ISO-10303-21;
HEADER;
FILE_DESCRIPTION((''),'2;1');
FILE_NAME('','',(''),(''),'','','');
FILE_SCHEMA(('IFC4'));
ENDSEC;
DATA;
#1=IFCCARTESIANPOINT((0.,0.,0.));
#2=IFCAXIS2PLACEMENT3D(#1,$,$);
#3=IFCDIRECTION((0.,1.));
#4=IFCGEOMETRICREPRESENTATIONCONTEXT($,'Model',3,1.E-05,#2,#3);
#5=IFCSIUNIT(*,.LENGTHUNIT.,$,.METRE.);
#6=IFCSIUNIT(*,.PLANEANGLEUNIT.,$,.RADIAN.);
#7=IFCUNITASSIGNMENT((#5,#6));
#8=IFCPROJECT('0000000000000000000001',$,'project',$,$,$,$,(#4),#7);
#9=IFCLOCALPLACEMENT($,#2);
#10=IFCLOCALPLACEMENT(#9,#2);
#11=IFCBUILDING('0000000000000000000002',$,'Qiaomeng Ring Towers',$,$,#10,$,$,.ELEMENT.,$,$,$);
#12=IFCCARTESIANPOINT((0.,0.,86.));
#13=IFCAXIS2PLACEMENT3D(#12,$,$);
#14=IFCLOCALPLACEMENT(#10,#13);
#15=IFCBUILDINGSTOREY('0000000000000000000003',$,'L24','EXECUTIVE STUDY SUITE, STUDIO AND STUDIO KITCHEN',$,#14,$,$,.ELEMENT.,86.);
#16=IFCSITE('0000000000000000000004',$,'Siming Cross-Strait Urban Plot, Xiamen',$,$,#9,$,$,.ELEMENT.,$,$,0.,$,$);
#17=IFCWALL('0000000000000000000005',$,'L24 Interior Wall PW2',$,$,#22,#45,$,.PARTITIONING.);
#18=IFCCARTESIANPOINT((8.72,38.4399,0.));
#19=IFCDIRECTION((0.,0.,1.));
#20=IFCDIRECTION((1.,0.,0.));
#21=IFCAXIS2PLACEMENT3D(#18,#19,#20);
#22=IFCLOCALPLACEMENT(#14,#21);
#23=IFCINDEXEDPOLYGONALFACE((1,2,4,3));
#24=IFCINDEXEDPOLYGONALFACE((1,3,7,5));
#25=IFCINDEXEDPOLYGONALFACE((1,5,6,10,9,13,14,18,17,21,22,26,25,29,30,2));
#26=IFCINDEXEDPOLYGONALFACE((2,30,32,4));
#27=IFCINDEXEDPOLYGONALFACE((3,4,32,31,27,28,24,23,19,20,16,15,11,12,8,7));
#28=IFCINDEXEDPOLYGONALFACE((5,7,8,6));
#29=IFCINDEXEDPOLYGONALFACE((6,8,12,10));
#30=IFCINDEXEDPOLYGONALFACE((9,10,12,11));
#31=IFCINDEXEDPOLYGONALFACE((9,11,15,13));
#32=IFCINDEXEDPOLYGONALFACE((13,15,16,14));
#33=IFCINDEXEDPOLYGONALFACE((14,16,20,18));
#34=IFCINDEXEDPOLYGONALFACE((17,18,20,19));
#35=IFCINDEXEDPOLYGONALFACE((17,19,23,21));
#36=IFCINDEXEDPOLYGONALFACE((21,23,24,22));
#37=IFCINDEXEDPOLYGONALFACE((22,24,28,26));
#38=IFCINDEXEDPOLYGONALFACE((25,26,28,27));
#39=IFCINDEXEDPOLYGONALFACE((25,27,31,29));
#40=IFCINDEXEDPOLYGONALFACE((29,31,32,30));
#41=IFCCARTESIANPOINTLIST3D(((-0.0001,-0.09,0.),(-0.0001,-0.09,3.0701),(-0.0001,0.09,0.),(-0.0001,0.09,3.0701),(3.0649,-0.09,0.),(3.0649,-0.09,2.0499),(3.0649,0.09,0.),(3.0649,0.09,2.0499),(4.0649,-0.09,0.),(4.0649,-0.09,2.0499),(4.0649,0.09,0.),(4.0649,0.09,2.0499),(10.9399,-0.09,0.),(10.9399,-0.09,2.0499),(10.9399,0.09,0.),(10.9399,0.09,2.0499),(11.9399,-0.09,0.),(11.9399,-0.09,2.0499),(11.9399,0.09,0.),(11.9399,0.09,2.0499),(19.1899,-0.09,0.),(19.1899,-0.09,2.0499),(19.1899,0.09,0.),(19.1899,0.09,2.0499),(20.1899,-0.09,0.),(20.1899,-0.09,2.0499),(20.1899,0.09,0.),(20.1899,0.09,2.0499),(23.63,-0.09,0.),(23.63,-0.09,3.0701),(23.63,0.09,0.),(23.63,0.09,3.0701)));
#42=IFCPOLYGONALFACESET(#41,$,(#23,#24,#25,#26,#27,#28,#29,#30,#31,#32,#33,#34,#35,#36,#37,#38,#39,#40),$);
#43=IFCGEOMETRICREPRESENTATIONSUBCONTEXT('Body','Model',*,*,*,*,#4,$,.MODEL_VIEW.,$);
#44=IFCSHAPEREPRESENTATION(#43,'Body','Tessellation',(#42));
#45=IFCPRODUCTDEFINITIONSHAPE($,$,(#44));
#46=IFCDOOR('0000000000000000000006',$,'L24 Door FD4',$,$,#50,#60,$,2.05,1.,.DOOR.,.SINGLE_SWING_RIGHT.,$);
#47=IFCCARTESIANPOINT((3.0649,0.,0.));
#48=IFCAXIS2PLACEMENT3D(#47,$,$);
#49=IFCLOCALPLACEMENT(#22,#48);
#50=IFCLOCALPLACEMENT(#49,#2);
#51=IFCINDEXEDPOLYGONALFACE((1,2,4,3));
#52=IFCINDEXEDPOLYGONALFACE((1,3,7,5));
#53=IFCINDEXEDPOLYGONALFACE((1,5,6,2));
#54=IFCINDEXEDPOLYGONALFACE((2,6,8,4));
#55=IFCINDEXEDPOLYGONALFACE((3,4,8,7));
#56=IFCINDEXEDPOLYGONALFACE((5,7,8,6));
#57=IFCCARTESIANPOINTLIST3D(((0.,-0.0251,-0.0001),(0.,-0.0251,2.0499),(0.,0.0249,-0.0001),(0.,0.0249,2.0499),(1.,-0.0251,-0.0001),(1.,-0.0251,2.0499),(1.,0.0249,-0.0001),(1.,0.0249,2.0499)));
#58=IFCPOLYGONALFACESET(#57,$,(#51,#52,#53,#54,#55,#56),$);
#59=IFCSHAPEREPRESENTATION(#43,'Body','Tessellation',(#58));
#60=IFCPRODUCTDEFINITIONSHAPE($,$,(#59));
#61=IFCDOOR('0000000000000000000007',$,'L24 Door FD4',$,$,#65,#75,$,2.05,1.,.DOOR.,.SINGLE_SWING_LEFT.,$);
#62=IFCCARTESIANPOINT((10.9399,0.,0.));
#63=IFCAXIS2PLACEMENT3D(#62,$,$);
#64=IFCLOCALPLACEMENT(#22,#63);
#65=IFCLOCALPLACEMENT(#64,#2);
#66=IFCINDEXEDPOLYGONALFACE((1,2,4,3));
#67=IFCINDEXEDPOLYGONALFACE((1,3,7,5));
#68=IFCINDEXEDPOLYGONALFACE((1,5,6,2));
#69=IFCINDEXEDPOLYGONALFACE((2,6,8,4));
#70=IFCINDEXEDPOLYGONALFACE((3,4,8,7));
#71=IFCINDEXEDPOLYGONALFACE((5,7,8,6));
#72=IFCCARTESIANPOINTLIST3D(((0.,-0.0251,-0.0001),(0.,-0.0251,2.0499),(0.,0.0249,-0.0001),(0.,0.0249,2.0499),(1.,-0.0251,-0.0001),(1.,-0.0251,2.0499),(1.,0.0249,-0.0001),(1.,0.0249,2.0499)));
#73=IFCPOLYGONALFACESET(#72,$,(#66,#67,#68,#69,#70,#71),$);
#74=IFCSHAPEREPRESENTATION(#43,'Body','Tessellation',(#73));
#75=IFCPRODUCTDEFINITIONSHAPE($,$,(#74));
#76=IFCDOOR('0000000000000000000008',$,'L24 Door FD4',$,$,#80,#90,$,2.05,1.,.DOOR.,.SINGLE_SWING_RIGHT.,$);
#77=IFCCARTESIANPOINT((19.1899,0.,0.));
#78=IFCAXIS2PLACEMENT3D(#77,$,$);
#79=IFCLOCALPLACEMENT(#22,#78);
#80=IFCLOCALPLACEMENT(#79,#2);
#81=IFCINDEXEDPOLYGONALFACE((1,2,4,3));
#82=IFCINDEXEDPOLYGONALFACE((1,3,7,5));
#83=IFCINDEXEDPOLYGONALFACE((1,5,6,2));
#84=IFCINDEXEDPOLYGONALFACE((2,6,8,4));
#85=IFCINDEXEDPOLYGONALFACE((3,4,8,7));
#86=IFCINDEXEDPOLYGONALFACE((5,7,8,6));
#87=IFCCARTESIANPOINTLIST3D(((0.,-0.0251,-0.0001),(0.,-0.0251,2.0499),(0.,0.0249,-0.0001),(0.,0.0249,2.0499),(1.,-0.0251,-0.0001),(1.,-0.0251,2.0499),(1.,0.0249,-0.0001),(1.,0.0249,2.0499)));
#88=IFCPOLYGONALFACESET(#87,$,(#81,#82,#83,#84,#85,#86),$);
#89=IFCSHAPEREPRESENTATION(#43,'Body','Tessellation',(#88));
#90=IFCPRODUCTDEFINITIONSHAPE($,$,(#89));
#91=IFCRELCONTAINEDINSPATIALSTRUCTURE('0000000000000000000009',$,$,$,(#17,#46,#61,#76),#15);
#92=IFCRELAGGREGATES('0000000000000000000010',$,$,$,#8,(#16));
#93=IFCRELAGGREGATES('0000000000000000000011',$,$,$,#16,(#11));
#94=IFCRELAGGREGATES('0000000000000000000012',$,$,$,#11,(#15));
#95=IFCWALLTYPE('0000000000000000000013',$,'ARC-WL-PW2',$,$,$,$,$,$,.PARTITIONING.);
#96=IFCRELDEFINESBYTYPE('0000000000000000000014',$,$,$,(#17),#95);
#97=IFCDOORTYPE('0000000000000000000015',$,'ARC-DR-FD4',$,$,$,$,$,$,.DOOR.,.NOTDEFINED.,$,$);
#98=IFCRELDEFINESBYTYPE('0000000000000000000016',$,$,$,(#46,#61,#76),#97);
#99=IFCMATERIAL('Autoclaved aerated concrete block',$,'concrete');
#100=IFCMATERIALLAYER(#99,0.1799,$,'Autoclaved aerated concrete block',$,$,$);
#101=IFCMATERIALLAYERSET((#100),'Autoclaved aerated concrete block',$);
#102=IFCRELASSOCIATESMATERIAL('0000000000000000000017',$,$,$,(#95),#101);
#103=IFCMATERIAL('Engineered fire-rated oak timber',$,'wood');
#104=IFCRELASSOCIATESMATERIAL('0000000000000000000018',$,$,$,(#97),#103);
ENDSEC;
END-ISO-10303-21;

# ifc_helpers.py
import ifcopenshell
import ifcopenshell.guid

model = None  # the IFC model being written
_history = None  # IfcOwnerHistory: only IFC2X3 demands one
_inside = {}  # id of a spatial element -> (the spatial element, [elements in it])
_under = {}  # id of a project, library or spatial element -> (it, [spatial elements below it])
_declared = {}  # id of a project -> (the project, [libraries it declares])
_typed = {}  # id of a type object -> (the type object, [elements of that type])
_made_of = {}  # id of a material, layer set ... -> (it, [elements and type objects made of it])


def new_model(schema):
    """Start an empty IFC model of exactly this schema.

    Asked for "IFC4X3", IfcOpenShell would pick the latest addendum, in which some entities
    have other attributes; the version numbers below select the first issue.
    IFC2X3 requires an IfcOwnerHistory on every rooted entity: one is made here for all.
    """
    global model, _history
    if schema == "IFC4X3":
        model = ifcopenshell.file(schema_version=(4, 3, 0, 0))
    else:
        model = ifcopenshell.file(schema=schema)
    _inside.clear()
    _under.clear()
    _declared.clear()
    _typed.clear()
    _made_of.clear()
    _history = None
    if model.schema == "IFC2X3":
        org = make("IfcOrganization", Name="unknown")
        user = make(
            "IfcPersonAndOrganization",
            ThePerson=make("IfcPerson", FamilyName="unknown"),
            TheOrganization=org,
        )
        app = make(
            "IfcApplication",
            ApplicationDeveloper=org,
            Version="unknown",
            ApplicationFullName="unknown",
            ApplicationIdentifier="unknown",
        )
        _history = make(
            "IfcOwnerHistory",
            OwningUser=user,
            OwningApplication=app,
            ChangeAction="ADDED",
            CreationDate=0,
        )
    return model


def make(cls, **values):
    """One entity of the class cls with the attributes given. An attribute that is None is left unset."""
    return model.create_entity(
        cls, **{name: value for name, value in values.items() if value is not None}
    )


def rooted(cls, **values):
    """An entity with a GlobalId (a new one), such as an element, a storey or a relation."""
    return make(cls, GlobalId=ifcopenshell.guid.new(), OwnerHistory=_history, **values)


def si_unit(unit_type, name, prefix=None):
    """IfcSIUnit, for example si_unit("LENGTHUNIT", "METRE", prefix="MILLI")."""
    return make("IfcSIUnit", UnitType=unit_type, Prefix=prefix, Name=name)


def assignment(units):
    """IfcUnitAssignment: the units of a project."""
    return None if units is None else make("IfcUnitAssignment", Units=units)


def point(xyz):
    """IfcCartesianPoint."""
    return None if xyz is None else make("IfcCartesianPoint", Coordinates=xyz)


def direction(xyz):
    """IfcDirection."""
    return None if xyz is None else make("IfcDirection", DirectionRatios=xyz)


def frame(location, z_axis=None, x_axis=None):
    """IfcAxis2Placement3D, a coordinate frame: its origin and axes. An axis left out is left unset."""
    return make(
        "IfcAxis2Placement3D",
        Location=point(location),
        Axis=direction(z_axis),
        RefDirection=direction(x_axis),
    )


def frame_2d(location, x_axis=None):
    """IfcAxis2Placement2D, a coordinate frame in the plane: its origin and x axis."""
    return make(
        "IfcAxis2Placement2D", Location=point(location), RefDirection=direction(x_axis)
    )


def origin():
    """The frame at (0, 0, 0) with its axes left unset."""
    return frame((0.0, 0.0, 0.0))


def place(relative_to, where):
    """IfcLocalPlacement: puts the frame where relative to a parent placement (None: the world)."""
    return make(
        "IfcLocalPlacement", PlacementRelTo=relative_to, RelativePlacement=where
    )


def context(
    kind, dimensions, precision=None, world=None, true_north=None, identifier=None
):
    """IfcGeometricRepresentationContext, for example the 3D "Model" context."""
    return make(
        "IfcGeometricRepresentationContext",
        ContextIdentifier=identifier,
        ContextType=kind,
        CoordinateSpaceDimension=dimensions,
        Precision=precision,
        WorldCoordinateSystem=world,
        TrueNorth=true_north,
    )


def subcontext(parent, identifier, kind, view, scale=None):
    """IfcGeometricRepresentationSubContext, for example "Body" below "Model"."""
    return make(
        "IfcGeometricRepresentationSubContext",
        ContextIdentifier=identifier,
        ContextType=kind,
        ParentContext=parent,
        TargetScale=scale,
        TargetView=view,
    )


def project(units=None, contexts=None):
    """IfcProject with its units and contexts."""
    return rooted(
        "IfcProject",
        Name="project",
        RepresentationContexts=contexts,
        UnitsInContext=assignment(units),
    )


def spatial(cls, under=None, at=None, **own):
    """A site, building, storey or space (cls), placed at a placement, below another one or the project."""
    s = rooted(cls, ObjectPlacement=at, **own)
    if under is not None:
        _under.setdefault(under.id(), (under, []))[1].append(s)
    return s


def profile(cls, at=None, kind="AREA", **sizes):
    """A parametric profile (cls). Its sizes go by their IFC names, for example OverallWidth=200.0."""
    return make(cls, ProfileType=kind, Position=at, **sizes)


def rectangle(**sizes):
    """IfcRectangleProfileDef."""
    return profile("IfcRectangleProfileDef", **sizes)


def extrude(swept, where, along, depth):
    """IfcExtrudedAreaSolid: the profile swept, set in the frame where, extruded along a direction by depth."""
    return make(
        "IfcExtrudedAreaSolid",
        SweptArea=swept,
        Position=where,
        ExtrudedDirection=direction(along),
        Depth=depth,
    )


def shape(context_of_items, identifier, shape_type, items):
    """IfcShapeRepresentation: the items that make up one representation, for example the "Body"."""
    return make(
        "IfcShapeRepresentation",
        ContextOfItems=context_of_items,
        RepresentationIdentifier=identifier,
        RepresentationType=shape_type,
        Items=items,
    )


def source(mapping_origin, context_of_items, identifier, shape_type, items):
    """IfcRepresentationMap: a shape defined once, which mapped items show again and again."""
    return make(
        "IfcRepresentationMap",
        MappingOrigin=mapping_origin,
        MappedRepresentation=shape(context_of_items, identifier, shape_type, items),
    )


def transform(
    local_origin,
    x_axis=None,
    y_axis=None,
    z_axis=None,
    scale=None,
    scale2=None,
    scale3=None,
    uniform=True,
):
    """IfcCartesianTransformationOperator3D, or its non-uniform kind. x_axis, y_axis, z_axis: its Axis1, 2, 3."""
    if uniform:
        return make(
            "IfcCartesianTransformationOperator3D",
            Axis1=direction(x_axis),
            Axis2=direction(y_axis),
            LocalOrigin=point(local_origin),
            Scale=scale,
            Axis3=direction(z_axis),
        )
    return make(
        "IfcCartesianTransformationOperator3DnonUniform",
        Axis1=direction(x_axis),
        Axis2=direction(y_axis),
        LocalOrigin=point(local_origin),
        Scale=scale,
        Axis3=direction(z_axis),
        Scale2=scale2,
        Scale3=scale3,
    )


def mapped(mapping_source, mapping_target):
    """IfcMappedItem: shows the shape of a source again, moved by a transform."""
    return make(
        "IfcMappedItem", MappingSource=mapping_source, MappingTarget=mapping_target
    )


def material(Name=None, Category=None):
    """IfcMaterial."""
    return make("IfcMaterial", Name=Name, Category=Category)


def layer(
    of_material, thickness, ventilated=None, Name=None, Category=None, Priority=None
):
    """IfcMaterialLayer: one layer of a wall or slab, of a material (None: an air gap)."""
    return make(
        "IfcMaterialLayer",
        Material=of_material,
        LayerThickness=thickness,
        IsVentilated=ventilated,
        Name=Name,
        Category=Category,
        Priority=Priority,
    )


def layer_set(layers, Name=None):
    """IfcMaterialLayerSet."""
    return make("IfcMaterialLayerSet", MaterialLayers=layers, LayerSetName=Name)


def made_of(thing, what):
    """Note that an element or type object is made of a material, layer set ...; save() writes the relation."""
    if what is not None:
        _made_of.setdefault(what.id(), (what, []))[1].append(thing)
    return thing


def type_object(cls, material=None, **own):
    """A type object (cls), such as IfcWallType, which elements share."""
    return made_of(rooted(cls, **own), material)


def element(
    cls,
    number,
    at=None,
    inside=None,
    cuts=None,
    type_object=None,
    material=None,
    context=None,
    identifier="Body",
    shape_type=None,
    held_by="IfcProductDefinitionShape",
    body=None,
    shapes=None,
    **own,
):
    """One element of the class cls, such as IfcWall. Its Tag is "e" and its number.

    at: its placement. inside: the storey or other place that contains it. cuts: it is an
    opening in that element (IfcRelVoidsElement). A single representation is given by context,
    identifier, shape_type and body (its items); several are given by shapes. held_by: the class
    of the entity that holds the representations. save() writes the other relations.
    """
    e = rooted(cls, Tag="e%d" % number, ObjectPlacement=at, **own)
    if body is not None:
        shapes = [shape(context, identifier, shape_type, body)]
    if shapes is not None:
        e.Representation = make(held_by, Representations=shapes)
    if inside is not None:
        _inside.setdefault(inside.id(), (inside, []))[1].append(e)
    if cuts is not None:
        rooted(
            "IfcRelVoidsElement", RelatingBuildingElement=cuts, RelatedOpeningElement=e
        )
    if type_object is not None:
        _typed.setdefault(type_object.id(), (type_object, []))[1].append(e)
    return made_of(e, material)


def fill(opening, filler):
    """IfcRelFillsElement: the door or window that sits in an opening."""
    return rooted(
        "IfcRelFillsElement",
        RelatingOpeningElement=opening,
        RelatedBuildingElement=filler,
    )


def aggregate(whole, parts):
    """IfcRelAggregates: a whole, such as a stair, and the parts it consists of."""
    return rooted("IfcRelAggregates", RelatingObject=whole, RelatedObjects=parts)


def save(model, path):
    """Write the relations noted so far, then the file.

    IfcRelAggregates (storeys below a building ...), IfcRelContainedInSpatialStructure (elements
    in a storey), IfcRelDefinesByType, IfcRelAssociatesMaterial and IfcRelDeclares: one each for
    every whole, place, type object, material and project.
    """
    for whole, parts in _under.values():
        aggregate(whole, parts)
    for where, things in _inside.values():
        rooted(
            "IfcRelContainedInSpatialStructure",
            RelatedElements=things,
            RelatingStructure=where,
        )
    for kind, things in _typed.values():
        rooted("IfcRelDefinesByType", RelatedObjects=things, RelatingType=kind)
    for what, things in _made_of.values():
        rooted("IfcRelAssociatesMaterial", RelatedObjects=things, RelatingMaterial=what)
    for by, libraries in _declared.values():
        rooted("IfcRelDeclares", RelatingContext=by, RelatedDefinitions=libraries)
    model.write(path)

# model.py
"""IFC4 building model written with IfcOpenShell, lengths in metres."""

from ifc_helpers import new_model, si_unit, direction, frame, frame_2d, origin, place, context, subcontext, project, spatial, rectangle, extrude, source, transform, mapped, material, layer, layer_set, type_object, element, fill, save


model = new_model("IFC4")

# Units and contexts
model_context = context("Model", 3, precision=1e-05, world=origin(), true_north=direction((0.0, 1.0)))
body_context = subcontext(model_context, "Body", "Model", "MODEL_VIEW")
ifc_project = project(units=[si_unit("LENGTHUNIT", "METRE"), si_unit("PLANEANGLEUNIT", "RADIAN")], contexts=[model_context])

# Site, building, storey
site_placement = place(None, origin())
site = spatial("IfcSite", under=ifc_project, at=site_placement, Name="Siming Cross-Strait Urban Plot, Xiamen", CompositionType="ELEMENT", RefElevation=0.0)
building_placement = place(site_placement, origin())
building = spatial("IfcBuilding", under=site, at=building_placement, Name="Qiaomeng Ring Towers", CompositionType="ELEMENT")
storey_placement = place(building_placement, frame((0.0, 0.0, 86.0)))
storey = spatial("IfcBuildingStorey", under=building, at=storey_placement, Name="L24", Description="EXECUTIVE STUDY SUITE, STUDIO AND STUDIO KITCHEN", CompositionType="ELEMENT", Elevation=86.0)

# Shared definitions
ifc_material_1 = material(Name="Autoclaved aerated concrete block", Category="concrete")

# Wall, openings, doors
ifc_layer_1 = layer(ifc_material_1, 0.1799, Name="Autoclaved aerated concrete block")
ifc_layer_set_1 = layer_set([ifc_layer_1], Name="Autoclaved aerated concrete block")
wall_type_1 = type_object("IfcWallType", Name="ARC-WL-PW2", PredefinedType="PARTITIONING", material=ifc_layer_set_1)
wall_1_placement = place(storey_placement, frame((8.72, 38.4399, 0.0), z_axis=(0.0, 0.0, 1.0), x_axis=(1.0, 0.0, 0.0)))
wall_1 = element("IfcWall", 1, at=wall_1_placement, inside=storey, type_object=wall_type_1, Name="L24 Interior Wall PW2", PredefinedType="PARTITIONING", context=body_context, shape_type="SweptSolid", body=[
    extrude(rectangle(XDim=23.6301, YDim=0.1799, at=frame_2d((11.8149, 0.0))), origin(), (0.0, 0.0, 1.0), 3.0701),
])
opening_1_placement = place(wall_1_placement, frame((3.0649, 0.0, 0.0)))
opening_1 = element("IfcOpeningElement", 2, at=opening_1_placement, cuts=wall_1, PredefinedType="OPENING", context=body_context, shape_type="SweptSolid", body=[
    extrude(rectangle(XDim=1.0, YDim=2.05, at=frame_2d((0.5, 1.0249))), frame((0.0, 0.0999, 0.0), z_axis=(0.0, -1.0, 0.0), x_axis=(1.0, 0.0, 0.0)), (0.0, 0.0, 1.0), 0.2),
])
opening_2_placement = place(wall_1_placement, frame((10.9399, 0.0, 0.0)))
opening_2 = element("IfcOpeningElement", 3, at=opening_2_placement, cuts=wall_1, PredefinedType="OPENING", context=body_context, shape_type="SweptSolid", body=[
    extrude(rectangle(XDim=1.0, YDim=2.05, at=frame_2d((0.5, 1.0249))), frame((0.0, 0.0999, 0.0), z_axis=(0.0, -1.0, 0.0), x_axis=(1.0, 0.0, 0.0)), (0.0, 0.0, 1.0), 0.2),
])
opening_3_placement = place(wall_1_placement, frame((19.1899, 0.0, 0.0)))
opening_3 = element("IfcOpeningElement", 4, at=opening_3_placement, cuts=wall_1, PredefinedType="OPENING", context=body_context, shape_type="SweptSolid", body=[
    extrude(rectangle(XDim=1.0, YDim=2.05, at=frame_2d((0.5, 1.0249))), frame((0.0, 0.0999, 0.0), z_axis=(0.0, -1.0, 0.0), x_axis=(1.0, 0.0, 0.0)), (0.0, 0.0, 1.0), 0.2),
])
ifc_material_2 = material(Name="Engineered fire-rated oak timber", Category="wood")
door_type_1 = type_object("IfcDoorType", Name="ARC-DR-FD4", OperationType="NOTDEFINED", PredefinedType="DOOR", material=ifc_material_2)
shared_shape_1 = source(origin(), body_context, "Body", "SweptSolid", [
    extrude(rectangle(XDim=1.0, YDim=2.05, at=frame_2d((0.5, 1.0249))), frame((0.0, 0.0249, 0.0), z_axis=(0.0, -1.0, 0.0), x_axis=(1.0, 0.0, 0.0)), (0.0, 0.0, 1.0), 0.05),
])
door_1_placement = place(opening_1_placement, origin())
door_1 = element("IfcDoor", 5, at=door_1_placement, inside=storey, type_object=door_type_1, Name="L24 Door FD4", OperationType="SINGLE_SWING_RIGHT", OverallHeight=2.05, OverallWidth=1.0, PredefinedType="DOOR", context=body_context, shape_type="MappedRepresentation", body=[
    mapped(shared_shape_1, transform((0.0, 0.0, 0.0), x_axis=(1.0, 0.0, 0.0), y_axis=(0.0, 1.0, 0.0), z_axis=(0.0, 0.0, 1.0), scale=1.0)),
])
fill(opening_1, door_1)
door_2_placement = place(opening_2_placement, origin())
door_2 = element("IfcDoor", 6, at=door_2_placement, inside=storey, type_object=door_type_1, Name="L24 Door FD4", OperationType="SINGLE_SWING_LEFT", OverallHeight=2.05, OverallWidth=1.0, PredefinedType="DOOR", context=body_context, shape_type="MappedRepresentation", body=[
    mapped(shared_shape_1, transform((0.0, 0.0, 0.0), x_axis=(1.0, 0.0, 0.0), y_axis=(0.0, 1.0, 0.0), z_axis=(0.0, 0.0, 1.0), scale=1.0)),
])
fill(opening_2, door_2)
door_3_placement = place(opening_3_placement, origin())
door_3 = element("IfcDoor", 7, at=door_3_placement, inside=storey, type_object=door_type_1, Name="L24 Door FD4", OperationType="SINGLE_SWING_RIGHT", OverallHeight=2.05, OverallWidth=1.0, PredefinedType="DOOR", context=body_context, shape_type="MappedRepresentation", body=[
    mapped(shared_shape_1, transform((0.0, 0.0, 0.0), x_axis=(1.0, 0.0, 0.0), y_axis=(0.0, 1.0, 0.0), z_axis=(0.0, 0.0, 1.0), scale=1.0)),
])
fill(opening_3, door_3)

save(model, "model.ifc")
